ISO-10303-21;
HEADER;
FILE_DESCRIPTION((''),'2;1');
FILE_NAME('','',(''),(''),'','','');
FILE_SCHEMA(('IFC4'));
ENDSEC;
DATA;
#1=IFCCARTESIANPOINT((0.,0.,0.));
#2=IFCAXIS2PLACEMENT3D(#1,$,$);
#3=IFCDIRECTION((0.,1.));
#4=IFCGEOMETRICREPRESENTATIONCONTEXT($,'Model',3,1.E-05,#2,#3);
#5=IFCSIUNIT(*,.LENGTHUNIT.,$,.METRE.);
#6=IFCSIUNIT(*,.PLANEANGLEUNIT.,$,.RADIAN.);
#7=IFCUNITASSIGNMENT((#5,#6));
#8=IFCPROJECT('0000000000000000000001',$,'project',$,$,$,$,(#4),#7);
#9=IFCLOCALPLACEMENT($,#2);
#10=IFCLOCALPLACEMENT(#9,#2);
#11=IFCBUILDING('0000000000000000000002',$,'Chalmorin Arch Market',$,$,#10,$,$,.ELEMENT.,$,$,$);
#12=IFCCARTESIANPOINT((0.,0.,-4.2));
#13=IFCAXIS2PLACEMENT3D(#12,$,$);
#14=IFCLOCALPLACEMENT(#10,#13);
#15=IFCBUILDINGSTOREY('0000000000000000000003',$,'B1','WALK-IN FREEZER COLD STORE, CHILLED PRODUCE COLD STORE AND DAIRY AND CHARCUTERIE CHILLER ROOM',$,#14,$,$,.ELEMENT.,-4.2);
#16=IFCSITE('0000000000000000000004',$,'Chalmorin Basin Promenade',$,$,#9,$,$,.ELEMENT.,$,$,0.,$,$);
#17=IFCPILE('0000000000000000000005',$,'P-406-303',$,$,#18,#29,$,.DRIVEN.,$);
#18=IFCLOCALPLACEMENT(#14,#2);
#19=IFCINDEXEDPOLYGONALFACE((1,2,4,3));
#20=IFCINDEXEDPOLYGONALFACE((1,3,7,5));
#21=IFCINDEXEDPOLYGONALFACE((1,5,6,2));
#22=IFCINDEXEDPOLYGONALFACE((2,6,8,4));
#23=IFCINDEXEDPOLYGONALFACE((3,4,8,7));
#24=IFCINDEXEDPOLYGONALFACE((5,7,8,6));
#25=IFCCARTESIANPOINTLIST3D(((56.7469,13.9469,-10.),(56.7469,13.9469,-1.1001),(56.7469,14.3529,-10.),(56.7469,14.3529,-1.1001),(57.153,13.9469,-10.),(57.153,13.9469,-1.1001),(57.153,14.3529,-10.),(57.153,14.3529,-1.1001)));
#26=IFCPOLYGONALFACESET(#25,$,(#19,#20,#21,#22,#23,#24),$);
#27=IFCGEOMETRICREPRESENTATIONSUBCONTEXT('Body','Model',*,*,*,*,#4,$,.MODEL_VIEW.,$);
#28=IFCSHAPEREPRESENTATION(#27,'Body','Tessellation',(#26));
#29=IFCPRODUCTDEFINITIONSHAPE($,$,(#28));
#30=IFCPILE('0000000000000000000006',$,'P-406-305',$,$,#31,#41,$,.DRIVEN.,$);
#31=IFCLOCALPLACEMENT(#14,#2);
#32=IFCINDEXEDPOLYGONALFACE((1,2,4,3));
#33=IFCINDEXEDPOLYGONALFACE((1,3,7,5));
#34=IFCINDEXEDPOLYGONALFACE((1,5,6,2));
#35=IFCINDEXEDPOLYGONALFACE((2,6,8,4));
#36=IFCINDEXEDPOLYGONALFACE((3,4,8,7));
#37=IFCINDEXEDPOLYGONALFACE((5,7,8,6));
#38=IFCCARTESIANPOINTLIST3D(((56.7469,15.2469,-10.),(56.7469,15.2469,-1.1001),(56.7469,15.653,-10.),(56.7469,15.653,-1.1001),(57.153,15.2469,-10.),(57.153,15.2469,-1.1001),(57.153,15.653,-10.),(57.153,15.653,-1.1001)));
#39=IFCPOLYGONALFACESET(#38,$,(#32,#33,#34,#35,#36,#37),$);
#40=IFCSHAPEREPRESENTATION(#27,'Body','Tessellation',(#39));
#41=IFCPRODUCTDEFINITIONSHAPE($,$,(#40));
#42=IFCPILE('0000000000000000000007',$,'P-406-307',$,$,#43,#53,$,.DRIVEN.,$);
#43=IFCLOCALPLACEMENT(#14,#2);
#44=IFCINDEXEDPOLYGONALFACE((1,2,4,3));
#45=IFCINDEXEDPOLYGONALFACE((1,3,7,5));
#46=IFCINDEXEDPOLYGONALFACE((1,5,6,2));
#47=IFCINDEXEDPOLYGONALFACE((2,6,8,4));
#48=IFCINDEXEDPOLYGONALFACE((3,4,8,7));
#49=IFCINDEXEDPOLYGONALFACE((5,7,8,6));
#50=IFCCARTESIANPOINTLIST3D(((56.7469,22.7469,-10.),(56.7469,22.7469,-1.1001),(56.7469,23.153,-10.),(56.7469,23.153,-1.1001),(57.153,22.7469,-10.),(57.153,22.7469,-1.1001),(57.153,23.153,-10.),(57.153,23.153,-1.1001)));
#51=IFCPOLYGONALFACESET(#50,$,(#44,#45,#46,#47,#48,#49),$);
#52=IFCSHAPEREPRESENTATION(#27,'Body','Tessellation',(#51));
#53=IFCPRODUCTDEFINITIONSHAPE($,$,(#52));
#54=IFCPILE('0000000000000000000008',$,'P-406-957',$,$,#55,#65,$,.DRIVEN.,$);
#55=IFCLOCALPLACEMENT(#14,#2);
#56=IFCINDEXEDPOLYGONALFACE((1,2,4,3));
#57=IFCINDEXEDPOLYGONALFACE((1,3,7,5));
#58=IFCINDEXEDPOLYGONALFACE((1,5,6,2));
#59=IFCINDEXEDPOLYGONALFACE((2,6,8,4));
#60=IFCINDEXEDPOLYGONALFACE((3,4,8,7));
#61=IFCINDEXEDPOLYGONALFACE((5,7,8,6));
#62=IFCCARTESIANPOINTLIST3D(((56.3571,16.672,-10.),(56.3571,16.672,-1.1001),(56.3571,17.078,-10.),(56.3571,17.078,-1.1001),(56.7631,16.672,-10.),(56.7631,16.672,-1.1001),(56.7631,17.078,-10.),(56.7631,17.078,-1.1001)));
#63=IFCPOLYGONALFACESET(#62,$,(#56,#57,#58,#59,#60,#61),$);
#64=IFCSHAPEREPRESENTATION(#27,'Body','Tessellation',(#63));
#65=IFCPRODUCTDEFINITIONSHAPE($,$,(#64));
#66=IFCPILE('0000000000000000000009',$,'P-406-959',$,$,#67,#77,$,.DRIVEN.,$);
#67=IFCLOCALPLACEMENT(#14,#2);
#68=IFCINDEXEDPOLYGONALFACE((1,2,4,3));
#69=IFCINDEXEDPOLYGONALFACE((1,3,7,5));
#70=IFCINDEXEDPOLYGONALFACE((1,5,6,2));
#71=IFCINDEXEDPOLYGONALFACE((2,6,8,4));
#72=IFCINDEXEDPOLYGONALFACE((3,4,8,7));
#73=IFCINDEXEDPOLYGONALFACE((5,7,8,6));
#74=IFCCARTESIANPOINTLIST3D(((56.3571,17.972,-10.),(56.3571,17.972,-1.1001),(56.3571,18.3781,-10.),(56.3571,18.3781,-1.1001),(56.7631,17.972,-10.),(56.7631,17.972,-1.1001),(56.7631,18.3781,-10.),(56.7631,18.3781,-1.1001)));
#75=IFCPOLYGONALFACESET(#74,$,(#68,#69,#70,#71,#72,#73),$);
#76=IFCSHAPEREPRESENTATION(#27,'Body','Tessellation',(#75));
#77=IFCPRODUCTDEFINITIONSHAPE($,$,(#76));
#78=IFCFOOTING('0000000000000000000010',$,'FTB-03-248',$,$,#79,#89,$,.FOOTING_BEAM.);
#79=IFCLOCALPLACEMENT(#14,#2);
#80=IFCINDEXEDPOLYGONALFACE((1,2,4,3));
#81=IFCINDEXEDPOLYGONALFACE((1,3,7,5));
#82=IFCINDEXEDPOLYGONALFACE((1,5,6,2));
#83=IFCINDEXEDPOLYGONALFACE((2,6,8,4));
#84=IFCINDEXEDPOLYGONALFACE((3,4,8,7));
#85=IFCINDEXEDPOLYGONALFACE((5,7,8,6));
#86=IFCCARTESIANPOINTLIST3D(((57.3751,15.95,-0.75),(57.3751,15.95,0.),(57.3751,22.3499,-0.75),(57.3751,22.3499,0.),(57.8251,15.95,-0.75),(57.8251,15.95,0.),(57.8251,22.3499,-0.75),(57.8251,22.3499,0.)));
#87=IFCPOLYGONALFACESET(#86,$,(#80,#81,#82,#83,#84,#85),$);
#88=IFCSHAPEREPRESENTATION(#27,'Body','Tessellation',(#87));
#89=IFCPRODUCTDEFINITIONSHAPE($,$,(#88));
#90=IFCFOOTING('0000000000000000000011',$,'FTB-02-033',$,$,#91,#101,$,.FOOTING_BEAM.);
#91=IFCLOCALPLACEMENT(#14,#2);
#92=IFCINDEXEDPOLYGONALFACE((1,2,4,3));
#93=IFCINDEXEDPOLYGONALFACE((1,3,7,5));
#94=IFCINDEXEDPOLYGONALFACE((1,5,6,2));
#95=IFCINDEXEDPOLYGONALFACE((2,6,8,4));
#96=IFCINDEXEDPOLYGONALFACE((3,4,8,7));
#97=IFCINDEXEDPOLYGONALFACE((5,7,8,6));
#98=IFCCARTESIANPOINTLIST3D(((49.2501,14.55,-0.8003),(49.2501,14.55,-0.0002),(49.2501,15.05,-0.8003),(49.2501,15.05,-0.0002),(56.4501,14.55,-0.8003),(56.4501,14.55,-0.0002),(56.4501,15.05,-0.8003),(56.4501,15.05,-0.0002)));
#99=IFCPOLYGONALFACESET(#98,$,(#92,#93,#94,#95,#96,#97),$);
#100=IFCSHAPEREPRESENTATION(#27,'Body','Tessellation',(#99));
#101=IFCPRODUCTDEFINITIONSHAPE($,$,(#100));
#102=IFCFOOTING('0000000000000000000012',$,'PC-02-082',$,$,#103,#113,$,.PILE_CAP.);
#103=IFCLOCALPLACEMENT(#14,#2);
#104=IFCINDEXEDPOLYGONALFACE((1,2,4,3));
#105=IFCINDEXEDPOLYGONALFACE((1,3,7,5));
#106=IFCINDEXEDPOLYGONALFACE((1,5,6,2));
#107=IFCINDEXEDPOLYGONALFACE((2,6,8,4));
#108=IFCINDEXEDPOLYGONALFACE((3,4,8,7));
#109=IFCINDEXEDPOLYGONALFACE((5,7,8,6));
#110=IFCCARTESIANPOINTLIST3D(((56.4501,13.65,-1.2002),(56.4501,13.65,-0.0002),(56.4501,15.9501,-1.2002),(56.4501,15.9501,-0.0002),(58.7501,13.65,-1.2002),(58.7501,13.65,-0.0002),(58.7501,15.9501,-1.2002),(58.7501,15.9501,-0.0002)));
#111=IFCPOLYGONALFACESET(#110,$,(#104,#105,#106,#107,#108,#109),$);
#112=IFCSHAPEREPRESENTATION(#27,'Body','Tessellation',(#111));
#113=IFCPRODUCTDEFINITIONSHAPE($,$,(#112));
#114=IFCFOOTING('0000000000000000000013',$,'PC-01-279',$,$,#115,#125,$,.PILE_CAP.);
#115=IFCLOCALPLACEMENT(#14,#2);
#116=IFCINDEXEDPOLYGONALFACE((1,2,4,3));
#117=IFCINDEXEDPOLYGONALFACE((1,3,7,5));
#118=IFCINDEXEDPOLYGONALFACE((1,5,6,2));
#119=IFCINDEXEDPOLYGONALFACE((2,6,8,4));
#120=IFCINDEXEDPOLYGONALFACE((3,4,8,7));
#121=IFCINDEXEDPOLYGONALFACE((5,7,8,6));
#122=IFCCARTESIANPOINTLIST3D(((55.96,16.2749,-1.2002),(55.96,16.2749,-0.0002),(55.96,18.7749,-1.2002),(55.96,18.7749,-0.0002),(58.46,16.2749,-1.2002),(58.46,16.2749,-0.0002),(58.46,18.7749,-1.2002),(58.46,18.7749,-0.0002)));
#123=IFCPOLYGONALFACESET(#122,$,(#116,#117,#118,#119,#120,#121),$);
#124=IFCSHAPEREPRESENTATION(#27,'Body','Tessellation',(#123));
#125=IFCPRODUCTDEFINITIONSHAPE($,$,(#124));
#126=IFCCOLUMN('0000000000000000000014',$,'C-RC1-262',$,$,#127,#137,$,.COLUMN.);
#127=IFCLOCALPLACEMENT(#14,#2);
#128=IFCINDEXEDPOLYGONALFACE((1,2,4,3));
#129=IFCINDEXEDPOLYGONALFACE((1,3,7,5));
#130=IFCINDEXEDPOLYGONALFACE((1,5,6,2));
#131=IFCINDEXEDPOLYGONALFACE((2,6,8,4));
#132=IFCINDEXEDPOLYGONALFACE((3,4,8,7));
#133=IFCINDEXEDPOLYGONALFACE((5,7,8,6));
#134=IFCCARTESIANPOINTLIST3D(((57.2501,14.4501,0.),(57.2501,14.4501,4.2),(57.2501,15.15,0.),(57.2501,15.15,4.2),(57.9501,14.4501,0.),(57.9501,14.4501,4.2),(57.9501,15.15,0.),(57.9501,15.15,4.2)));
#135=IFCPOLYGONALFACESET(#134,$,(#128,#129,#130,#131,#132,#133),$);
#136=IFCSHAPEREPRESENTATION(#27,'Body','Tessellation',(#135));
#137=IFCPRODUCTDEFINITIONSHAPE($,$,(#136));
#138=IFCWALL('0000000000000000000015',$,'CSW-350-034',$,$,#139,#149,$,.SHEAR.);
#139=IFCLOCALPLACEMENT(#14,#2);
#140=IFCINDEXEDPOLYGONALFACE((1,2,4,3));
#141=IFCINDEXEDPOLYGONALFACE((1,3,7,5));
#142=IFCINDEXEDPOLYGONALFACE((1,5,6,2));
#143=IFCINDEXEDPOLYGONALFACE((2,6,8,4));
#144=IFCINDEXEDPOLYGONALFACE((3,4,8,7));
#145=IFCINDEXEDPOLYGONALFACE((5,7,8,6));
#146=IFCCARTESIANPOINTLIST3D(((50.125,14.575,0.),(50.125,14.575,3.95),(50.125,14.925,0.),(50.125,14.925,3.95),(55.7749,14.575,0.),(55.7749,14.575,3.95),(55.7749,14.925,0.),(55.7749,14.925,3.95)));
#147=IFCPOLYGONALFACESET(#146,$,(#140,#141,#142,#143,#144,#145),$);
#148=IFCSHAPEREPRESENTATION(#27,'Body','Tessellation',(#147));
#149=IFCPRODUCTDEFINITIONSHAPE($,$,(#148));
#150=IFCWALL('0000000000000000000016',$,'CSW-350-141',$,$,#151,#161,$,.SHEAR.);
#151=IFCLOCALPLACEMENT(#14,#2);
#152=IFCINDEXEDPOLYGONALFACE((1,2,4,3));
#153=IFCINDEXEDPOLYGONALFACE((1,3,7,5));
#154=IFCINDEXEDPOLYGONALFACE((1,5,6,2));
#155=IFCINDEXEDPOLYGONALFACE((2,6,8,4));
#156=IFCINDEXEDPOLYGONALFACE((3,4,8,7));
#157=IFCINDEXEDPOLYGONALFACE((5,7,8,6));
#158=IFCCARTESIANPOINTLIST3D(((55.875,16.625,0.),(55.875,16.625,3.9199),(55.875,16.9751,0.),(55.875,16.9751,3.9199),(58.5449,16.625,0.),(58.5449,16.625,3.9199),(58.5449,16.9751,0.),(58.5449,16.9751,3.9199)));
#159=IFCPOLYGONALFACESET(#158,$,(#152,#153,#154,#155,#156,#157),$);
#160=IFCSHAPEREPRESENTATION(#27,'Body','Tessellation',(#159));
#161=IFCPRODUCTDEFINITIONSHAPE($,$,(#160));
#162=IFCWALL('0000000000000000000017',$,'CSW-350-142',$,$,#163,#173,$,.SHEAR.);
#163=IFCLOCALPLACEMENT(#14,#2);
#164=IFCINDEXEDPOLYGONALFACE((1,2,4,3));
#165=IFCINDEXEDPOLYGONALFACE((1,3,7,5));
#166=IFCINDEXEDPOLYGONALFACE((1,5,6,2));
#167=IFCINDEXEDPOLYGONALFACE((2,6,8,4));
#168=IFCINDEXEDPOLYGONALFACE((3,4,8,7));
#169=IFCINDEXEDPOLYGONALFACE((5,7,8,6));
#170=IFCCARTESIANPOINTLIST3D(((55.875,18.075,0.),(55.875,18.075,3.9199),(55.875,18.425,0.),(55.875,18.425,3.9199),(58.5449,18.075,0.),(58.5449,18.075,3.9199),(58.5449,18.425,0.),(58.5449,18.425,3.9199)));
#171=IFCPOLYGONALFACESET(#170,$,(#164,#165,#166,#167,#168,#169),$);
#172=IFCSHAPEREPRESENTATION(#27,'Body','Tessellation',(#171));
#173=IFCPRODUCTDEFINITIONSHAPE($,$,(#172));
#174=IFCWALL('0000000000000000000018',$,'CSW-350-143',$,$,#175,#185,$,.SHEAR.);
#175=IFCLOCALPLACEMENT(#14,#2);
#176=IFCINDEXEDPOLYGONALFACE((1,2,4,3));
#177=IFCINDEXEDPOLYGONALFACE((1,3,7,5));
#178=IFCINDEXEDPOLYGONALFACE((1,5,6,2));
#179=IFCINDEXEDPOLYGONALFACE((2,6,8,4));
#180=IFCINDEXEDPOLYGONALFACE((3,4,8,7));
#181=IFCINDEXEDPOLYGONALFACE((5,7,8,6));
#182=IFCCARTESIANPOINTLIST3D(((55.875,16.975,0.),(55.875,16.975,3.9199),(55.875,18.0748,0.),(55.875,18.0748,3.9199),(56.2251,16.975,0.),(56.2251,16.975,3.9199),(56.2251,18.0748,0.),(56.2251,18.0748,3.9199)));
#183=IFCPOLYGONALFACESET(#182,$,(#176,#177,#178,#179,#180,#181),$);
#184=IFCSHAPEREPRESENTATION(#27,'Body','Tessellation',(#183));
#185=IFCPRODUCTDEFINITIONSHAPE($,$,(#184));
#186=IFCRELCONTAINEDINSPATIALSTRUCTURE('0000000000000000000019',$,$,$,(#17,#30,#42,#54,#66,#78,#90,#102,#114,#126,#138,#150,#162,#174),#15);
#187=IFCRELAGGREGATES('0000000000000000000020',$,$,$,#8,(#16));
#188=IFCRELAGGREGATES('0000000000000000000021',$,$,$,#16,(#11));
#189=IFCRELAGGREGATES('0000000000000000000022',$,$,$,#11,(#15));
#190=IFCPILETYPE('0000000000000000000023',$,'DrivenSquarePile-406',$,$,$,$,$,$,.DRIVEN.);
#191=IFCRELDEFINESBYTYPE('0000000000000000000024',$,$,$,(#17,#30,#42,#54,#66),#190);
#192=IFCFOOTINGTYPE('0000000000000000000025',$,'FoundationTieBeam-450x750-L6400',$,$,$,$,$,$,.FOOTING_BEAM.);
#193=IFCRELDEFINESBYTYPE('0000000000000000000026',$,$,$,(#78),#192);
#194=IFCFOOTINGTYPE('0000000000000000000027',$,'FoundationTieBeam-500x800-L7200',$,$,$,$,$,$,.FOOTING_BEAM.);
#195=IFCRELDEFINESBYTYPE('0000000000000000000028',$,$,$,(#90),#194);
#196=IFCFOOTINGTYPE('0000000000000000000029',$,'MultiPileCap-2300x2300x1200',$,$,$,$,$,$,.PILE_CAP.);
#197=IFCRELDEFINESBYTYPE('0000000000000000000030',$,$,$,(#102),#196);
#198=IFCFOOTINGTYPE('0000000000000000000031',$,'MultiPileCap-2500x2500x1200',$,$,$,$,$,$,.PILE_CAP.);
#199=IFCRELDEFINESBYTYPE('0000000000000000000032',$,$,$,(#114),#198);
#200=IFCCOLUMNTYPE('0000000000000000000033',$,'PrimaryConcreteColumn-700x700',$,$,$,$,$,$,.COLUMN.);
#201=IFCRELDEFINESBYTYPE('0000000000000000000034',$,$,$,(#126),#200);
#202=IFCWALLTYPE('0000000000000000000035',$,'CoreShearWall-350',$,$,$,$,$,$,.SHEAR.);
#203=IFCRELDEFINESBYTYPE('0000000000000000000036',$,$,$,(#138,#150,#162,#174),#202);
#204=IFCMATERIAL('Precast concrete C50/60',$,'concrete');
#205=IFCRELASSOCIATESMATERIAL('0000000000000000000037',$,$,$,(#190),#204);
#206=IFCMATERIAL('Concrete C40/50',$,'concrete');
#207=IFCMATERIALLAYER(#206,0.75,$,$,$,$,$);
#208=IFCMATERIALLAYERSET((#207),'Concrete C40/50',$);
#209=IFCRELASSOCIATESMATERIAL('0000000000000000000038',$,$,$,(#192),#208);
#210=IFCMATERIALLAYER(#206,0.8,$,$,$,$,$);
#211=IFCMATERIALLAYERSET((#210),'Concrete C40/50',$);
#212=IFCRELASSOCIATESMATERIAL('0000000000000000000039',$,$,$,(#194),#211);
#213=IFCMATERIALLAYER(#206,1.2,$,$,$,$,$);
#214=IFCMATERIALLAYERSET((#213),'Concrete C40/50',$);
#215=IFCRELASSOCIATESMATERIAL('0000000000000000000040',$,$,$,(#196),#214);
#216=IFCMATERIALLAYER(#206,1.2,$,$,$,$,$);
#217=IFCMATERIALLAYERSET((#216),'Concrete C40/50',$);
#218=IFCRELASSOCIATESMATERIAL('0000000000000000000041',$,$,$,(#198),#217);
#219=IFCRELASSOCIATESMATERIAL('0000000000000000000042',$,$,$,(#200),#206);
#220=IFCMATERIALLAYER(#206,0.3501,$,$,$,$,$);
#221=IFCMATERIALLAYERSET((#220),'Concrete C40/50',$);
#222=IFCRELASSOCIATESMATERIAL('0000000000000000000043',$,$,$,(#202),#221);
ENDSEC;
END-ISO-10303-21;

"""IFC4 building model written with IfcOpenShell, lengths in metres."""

from ifc_helpers import new_model, si_unit, direction, frame, frame_2d, origin, origin_2d, place, context, subcontext, project, spatial, rectangle, extrude, material, layer, layer_set, material_profile, profile_set, type_object, element, save


model = new_model("IFC4")

# Units and contexts
model_context = context("Model", 3, precision=1e-05, world=origin(), true_north=direction((0.0, 1.0)))
body_context = subcontext(model_context, "Body", "Model", "MODEL_VIEW")
ifc_project = project(units=[si_unit("LENGTHUNIT", "METRE"), si_unit("PLANEANGLEUNIT", "RADIAN")], contexts=[model_context])

# Site, building, storey
site_placement = place(None, origin())
site = spatial("IfcSite", under=ifc_project, at=site_placement, Name="Chalmorin Basin Promenade", CompositionType="ELEMENT", RefElevation=0.0)
building_placement = place(site_placement, origin())
building = spatial("IfcBuilding", under=site, at=building_placement, Name="Chalmorin Arch Market", CompositionType="ELEMENT")
storey_placement = place(building_placement, frame((0.0, 0.0, -4.2)))
storey = spatial("IfcBuildingStorey", under=building, at=storey_placement, Name="B1", Description="WALK-IN FREEZER COLD STORE, CHILLED PRODUCE COLD STORE AND DAIRY AND CHARCUTERIE CHILLER ROOM", CompositionType="ELEMENT", Elevation=-4.2)

# Piles
ifc_material_1 = material(Name="Precast concrete C50/60", Category="concrete")
ifc_material_profile_1 = material_profile(ifc_material_1, rectangle(XDim=0.406, YDim=0.406, at=origin_2d()), Name="PPC406")
ifc_profile_set_1 = profile_set([ifc_material_profile_1], Name="Precast concrete C50/60")
pile_type = type_object("IfcPileType", Name="DrivenSquarePile-406", PredefinedType="DRIVEN", material=ifc_profile_set_1)
for number, where, z_axis, x_axis, name in (
    (1, (56.95, 14.1499, -1.1001), (0.0, 0.0, -1.0), (1.0, 0.0, 0.0), "P-406-303"),
    (2, (56.95, 15.45, -1.1001), (0.0, 0.0, -1.0), (1.0, 0.0, 0.0), "P-406-305"),
    (3, (56.95, 22.95, -1.1001), (0.0, 0.0, -1.0), (1.0, 0.0, 0.0), "P-406-307"),
    (4, (56.5601, 16.875, -1.1001), (0.0, 0.0, -1.0), (1.0, 0.0, 0.0), "P-406-957"),
    (5, (56.5601, 18.175, -1.1001), (0.0, 0.0, -1.0), (1.0, 0.0, 0.0), "P-406-959"),
):
    element("IfcPile", number, at=place(storey_placement, frame(where, z_axis=z_axis, x_axis=x_axis)), inside=storey, type_object=pile_type, Name=name, PredefinedType="DRIVEN", context=body_context, shape_type="SweptSolid", body=[
        extrude(rectangle(XDim=0.406, YDim=0.406, at=origin_2d()), origin(), (0.0, 0.0, 1.0), 8.8999),
    ])

# Footings
ifc_material_2 = material(Name="Concrete C40/50", Category="concrete")
ifc_layer_1 = layer(ifc_material_2, 0.75)
ifc_layer_set_1 = layer_set([ifc_layer_1], Name="Concrete C40/50")
footing_type_1 = type_object("IfcFootingType", Name="FoundationTieBeam-450x750-L6400", PredefinedType="FOOTING_BEAM", material=ifc_layer_set_1)
footing_1_placement = place(storey_placement, frame((57.6001, 19.1499, -0.75), z_axis=(0.0, 0.0, 1.0), x_axis=(0.0, 1.0, 0.0)))
element("IfcFooting", 6, at=footing_1_placement, inside=storey, type_object=footing_type_1, Name="FTB-03-248", PredefinedType="FOOTING_BEAM", context=body_context, shape_type="SweptSolid", body=[
    extrude(rectangle(XDim=6.3999, YDim=0.45, at=origin_2d()), origin(), (0.0, 0.0, 1.0), 0.75),
])
ifc_layer_2 = layer(ifc_material_2, 0.8)
ifc_layer_set_2 = layer_set([ifc_layer_2], Name="Concrete C40/50")
footing_type_2 = type_object("IfcFootingType", Name="FoundationTieBeam-500x800-L7200", PredefinedType="FOOTING_BEAM", material=ifc_layer_set_2)
footing_2_placement = place(storey_placement, frame((52.8501, 14.8, -0.8003), z_axis=(0.0, 0.0, 1.0), x_axis=(1.0, 0.0, 0.0)))
element("IfcFooting", 7, at=footing_2_placement, inside=storey, type_object=footing_type_2, Name="FTB-02-033", PredefinedType="FOOTING_BEAM", context=body_context, shape_type="SweptSolid", body=[
    extrude(rectangle(XDim=7.2, YDim=0.5, at=origin_2d()), origin(), (0.0, 0.0, 1.0), 0.8),
])
ifc_layer_3 = layer(ifc_material_2, 1.2)
ifc_layer_set_3 = layer_set([ifc_layer_3], Name="Concrete C40/50")
footing_type_3 = type_object("IfcFootingType", Name="MultiPileCap-2300x2300x1200", PredefinedType="PILE_CAP", material=ifc_layer_set_3)
footing_3_placement = place(storey_placement, frame((57.6001, 14.8, -1.2002), z_axis=(0.0, 0.0, 1.0), x_axis=(1.0, 0.0, 0.0)))
element("IfcFooting", 8, at=footing_3_placement, inside=storey, type_object=footing_type_3, Name="PC-02-082", PredefinedType="PILE_CAP", context=body_context, shape_type="SweptSolid", body=[
    extrude(rectangle(XDim=2.3, YDim=2.3, at=origin_2d()), origin(), (0.0, 0.0, 1.0), 1.2),
])
ifc_layer_4 = layer(ifc_material_2, 1.2)
ifc_layer_set_4 = layer_set([ifc_layer_4], Name="Concrete C40/50")
footing_type_4 = type_object("IfcFootingType", Name="MultiPileCap-2500x2500x1200", PredefinedType="PILE_CAP", material=ifc_layer_set_4)
footing_4_placement = place(storey_placement, frame((57.21, 17.5249, -1.2002), z_axis=(0.0, 0.0, 1.0), x_axis=(1.0, 0.0, 0.0)))
element("IfcFooting", 9, at=footing_4_placement, inside=storey, type_object=footing_type_4, Name="PC-01-279", PredefinedType="PILE_CAP", context=body_context, shape_type="SweptSolid", body=[
    extrude(rectangle(XDim=2.5, YDim=2.5, at=origin_2d()), origin(), (0.0, 0.0, 1.0), 1.2),
])

# Column
ifc_material_profile_2 = material_profile(ifc_material_2, rectangle(XDim=0.7, YDim=0.7, at=origin_2d()), Name="RC700X700")
ifc_profile_set_2 = profile_set([ifc_material_profile_2], Name="Concrete C40/50")
column_type = type_object("IfcColumnType", Name="PrimaryConcreteColumn-700x700", PredefinedType="COLUMN", material=ifc_profile_set_2)
column_placement = place(storey_placement, frame((57.6001, 14.8, 0.0), z_axis=(0.0, 0.0, 1.0), x_axis=(1.0, 0.0, 0.0)))
element("IfcColumn", 10, at=column_placement, inside=storey, type_object=column_type, Name="C-RC1-262", PredefinedType="COLUMN", context=body_context, shape_type="SweptSolid", body=[
    extrude(rectangle(XDim=0.7, YDim=0.7, at=origin_2d()), origin(), (0.0, 0.0, 1.0), 4.2),
])

# Wall
ifc_layer_5 = layer(ifc_material_2, 0.3501)
ifc_layer_set_5 = layer_set([ifc_layer_5], Name="Concrete C40/50")
wall_type = type_object("IfcWallType", Name="CoreShearWall-350", PredefinedType="SHEAR", material=ifc_layer_set_5)
wall_1_placement = place(storey_placement, frame((50.125, 14.75, 0.0), z_axis=(0.0, 0.0, 1.0), x_axis=(1.0, 0.0, 0.0)))
element("IfcWall", 11, at=wall_1_placement, inside=storey, type_object=wall_type, Name="CSW-350-034", PredefinedType="SHEAR", context=body_context, shape_type="SweptSolid", body=[
    extrude(rectangle(XDim=5.6499, YDim=0.3501, at=frame_2d((2.825, 0.0))), origin(), (0.0, 0.0, 1.0), 3.95),
])

# Walls
for number, where, z_axis, x_axis, name in (
    (12, (55.875, 16.8, 0.0), (0.0, 0.0, 1.0), (1.0, 0.0, 0.0), "CSW-350-141"),
    (13, (55.875, 18.25, 0.0), (0.0, 0.0, 1.0), (1.0, 0.0, 0.0), "CSW-350-142"),
):
    element("IfcWall", number, at=place(storey_placement, frame(where, z_axis=z_axis, x_axis=x_axis)), inside=storey, type_object=wall_type, Name=name, PredefinedType="SHEAR", context=body_context, shape_type="SweptSolid", body=[
        extrude(rectangle(XDim=2.6699, YDim=0.3501, at=frame_2d((1.335, 0.0))), origin(), (0.0, 0.0, 1.0), 3.9199),
    ])
wall_2_placement = place(storey_placement, frame((56.05, 16.9751, 0.0), z_axis=(0.0, 0.0, 1.0), x_axis=(0.0, 1.0, 0.0)))
element("IfcWall", 14, at=wall_2_placement, inside=storey, type_object=wall_type, Name="CSW-350-143", PredefinedType="SHEAR", context=body_context, shape_type="SweptSolid", body=[
    extrude(rectangle(XDim=1.0999, YDim=0.3501, at=frame_2d((0.5498, 0.0))), origin(), (0.0, 0.0, 1.0), 3.9199),
])

save(model, "model.ifc")
